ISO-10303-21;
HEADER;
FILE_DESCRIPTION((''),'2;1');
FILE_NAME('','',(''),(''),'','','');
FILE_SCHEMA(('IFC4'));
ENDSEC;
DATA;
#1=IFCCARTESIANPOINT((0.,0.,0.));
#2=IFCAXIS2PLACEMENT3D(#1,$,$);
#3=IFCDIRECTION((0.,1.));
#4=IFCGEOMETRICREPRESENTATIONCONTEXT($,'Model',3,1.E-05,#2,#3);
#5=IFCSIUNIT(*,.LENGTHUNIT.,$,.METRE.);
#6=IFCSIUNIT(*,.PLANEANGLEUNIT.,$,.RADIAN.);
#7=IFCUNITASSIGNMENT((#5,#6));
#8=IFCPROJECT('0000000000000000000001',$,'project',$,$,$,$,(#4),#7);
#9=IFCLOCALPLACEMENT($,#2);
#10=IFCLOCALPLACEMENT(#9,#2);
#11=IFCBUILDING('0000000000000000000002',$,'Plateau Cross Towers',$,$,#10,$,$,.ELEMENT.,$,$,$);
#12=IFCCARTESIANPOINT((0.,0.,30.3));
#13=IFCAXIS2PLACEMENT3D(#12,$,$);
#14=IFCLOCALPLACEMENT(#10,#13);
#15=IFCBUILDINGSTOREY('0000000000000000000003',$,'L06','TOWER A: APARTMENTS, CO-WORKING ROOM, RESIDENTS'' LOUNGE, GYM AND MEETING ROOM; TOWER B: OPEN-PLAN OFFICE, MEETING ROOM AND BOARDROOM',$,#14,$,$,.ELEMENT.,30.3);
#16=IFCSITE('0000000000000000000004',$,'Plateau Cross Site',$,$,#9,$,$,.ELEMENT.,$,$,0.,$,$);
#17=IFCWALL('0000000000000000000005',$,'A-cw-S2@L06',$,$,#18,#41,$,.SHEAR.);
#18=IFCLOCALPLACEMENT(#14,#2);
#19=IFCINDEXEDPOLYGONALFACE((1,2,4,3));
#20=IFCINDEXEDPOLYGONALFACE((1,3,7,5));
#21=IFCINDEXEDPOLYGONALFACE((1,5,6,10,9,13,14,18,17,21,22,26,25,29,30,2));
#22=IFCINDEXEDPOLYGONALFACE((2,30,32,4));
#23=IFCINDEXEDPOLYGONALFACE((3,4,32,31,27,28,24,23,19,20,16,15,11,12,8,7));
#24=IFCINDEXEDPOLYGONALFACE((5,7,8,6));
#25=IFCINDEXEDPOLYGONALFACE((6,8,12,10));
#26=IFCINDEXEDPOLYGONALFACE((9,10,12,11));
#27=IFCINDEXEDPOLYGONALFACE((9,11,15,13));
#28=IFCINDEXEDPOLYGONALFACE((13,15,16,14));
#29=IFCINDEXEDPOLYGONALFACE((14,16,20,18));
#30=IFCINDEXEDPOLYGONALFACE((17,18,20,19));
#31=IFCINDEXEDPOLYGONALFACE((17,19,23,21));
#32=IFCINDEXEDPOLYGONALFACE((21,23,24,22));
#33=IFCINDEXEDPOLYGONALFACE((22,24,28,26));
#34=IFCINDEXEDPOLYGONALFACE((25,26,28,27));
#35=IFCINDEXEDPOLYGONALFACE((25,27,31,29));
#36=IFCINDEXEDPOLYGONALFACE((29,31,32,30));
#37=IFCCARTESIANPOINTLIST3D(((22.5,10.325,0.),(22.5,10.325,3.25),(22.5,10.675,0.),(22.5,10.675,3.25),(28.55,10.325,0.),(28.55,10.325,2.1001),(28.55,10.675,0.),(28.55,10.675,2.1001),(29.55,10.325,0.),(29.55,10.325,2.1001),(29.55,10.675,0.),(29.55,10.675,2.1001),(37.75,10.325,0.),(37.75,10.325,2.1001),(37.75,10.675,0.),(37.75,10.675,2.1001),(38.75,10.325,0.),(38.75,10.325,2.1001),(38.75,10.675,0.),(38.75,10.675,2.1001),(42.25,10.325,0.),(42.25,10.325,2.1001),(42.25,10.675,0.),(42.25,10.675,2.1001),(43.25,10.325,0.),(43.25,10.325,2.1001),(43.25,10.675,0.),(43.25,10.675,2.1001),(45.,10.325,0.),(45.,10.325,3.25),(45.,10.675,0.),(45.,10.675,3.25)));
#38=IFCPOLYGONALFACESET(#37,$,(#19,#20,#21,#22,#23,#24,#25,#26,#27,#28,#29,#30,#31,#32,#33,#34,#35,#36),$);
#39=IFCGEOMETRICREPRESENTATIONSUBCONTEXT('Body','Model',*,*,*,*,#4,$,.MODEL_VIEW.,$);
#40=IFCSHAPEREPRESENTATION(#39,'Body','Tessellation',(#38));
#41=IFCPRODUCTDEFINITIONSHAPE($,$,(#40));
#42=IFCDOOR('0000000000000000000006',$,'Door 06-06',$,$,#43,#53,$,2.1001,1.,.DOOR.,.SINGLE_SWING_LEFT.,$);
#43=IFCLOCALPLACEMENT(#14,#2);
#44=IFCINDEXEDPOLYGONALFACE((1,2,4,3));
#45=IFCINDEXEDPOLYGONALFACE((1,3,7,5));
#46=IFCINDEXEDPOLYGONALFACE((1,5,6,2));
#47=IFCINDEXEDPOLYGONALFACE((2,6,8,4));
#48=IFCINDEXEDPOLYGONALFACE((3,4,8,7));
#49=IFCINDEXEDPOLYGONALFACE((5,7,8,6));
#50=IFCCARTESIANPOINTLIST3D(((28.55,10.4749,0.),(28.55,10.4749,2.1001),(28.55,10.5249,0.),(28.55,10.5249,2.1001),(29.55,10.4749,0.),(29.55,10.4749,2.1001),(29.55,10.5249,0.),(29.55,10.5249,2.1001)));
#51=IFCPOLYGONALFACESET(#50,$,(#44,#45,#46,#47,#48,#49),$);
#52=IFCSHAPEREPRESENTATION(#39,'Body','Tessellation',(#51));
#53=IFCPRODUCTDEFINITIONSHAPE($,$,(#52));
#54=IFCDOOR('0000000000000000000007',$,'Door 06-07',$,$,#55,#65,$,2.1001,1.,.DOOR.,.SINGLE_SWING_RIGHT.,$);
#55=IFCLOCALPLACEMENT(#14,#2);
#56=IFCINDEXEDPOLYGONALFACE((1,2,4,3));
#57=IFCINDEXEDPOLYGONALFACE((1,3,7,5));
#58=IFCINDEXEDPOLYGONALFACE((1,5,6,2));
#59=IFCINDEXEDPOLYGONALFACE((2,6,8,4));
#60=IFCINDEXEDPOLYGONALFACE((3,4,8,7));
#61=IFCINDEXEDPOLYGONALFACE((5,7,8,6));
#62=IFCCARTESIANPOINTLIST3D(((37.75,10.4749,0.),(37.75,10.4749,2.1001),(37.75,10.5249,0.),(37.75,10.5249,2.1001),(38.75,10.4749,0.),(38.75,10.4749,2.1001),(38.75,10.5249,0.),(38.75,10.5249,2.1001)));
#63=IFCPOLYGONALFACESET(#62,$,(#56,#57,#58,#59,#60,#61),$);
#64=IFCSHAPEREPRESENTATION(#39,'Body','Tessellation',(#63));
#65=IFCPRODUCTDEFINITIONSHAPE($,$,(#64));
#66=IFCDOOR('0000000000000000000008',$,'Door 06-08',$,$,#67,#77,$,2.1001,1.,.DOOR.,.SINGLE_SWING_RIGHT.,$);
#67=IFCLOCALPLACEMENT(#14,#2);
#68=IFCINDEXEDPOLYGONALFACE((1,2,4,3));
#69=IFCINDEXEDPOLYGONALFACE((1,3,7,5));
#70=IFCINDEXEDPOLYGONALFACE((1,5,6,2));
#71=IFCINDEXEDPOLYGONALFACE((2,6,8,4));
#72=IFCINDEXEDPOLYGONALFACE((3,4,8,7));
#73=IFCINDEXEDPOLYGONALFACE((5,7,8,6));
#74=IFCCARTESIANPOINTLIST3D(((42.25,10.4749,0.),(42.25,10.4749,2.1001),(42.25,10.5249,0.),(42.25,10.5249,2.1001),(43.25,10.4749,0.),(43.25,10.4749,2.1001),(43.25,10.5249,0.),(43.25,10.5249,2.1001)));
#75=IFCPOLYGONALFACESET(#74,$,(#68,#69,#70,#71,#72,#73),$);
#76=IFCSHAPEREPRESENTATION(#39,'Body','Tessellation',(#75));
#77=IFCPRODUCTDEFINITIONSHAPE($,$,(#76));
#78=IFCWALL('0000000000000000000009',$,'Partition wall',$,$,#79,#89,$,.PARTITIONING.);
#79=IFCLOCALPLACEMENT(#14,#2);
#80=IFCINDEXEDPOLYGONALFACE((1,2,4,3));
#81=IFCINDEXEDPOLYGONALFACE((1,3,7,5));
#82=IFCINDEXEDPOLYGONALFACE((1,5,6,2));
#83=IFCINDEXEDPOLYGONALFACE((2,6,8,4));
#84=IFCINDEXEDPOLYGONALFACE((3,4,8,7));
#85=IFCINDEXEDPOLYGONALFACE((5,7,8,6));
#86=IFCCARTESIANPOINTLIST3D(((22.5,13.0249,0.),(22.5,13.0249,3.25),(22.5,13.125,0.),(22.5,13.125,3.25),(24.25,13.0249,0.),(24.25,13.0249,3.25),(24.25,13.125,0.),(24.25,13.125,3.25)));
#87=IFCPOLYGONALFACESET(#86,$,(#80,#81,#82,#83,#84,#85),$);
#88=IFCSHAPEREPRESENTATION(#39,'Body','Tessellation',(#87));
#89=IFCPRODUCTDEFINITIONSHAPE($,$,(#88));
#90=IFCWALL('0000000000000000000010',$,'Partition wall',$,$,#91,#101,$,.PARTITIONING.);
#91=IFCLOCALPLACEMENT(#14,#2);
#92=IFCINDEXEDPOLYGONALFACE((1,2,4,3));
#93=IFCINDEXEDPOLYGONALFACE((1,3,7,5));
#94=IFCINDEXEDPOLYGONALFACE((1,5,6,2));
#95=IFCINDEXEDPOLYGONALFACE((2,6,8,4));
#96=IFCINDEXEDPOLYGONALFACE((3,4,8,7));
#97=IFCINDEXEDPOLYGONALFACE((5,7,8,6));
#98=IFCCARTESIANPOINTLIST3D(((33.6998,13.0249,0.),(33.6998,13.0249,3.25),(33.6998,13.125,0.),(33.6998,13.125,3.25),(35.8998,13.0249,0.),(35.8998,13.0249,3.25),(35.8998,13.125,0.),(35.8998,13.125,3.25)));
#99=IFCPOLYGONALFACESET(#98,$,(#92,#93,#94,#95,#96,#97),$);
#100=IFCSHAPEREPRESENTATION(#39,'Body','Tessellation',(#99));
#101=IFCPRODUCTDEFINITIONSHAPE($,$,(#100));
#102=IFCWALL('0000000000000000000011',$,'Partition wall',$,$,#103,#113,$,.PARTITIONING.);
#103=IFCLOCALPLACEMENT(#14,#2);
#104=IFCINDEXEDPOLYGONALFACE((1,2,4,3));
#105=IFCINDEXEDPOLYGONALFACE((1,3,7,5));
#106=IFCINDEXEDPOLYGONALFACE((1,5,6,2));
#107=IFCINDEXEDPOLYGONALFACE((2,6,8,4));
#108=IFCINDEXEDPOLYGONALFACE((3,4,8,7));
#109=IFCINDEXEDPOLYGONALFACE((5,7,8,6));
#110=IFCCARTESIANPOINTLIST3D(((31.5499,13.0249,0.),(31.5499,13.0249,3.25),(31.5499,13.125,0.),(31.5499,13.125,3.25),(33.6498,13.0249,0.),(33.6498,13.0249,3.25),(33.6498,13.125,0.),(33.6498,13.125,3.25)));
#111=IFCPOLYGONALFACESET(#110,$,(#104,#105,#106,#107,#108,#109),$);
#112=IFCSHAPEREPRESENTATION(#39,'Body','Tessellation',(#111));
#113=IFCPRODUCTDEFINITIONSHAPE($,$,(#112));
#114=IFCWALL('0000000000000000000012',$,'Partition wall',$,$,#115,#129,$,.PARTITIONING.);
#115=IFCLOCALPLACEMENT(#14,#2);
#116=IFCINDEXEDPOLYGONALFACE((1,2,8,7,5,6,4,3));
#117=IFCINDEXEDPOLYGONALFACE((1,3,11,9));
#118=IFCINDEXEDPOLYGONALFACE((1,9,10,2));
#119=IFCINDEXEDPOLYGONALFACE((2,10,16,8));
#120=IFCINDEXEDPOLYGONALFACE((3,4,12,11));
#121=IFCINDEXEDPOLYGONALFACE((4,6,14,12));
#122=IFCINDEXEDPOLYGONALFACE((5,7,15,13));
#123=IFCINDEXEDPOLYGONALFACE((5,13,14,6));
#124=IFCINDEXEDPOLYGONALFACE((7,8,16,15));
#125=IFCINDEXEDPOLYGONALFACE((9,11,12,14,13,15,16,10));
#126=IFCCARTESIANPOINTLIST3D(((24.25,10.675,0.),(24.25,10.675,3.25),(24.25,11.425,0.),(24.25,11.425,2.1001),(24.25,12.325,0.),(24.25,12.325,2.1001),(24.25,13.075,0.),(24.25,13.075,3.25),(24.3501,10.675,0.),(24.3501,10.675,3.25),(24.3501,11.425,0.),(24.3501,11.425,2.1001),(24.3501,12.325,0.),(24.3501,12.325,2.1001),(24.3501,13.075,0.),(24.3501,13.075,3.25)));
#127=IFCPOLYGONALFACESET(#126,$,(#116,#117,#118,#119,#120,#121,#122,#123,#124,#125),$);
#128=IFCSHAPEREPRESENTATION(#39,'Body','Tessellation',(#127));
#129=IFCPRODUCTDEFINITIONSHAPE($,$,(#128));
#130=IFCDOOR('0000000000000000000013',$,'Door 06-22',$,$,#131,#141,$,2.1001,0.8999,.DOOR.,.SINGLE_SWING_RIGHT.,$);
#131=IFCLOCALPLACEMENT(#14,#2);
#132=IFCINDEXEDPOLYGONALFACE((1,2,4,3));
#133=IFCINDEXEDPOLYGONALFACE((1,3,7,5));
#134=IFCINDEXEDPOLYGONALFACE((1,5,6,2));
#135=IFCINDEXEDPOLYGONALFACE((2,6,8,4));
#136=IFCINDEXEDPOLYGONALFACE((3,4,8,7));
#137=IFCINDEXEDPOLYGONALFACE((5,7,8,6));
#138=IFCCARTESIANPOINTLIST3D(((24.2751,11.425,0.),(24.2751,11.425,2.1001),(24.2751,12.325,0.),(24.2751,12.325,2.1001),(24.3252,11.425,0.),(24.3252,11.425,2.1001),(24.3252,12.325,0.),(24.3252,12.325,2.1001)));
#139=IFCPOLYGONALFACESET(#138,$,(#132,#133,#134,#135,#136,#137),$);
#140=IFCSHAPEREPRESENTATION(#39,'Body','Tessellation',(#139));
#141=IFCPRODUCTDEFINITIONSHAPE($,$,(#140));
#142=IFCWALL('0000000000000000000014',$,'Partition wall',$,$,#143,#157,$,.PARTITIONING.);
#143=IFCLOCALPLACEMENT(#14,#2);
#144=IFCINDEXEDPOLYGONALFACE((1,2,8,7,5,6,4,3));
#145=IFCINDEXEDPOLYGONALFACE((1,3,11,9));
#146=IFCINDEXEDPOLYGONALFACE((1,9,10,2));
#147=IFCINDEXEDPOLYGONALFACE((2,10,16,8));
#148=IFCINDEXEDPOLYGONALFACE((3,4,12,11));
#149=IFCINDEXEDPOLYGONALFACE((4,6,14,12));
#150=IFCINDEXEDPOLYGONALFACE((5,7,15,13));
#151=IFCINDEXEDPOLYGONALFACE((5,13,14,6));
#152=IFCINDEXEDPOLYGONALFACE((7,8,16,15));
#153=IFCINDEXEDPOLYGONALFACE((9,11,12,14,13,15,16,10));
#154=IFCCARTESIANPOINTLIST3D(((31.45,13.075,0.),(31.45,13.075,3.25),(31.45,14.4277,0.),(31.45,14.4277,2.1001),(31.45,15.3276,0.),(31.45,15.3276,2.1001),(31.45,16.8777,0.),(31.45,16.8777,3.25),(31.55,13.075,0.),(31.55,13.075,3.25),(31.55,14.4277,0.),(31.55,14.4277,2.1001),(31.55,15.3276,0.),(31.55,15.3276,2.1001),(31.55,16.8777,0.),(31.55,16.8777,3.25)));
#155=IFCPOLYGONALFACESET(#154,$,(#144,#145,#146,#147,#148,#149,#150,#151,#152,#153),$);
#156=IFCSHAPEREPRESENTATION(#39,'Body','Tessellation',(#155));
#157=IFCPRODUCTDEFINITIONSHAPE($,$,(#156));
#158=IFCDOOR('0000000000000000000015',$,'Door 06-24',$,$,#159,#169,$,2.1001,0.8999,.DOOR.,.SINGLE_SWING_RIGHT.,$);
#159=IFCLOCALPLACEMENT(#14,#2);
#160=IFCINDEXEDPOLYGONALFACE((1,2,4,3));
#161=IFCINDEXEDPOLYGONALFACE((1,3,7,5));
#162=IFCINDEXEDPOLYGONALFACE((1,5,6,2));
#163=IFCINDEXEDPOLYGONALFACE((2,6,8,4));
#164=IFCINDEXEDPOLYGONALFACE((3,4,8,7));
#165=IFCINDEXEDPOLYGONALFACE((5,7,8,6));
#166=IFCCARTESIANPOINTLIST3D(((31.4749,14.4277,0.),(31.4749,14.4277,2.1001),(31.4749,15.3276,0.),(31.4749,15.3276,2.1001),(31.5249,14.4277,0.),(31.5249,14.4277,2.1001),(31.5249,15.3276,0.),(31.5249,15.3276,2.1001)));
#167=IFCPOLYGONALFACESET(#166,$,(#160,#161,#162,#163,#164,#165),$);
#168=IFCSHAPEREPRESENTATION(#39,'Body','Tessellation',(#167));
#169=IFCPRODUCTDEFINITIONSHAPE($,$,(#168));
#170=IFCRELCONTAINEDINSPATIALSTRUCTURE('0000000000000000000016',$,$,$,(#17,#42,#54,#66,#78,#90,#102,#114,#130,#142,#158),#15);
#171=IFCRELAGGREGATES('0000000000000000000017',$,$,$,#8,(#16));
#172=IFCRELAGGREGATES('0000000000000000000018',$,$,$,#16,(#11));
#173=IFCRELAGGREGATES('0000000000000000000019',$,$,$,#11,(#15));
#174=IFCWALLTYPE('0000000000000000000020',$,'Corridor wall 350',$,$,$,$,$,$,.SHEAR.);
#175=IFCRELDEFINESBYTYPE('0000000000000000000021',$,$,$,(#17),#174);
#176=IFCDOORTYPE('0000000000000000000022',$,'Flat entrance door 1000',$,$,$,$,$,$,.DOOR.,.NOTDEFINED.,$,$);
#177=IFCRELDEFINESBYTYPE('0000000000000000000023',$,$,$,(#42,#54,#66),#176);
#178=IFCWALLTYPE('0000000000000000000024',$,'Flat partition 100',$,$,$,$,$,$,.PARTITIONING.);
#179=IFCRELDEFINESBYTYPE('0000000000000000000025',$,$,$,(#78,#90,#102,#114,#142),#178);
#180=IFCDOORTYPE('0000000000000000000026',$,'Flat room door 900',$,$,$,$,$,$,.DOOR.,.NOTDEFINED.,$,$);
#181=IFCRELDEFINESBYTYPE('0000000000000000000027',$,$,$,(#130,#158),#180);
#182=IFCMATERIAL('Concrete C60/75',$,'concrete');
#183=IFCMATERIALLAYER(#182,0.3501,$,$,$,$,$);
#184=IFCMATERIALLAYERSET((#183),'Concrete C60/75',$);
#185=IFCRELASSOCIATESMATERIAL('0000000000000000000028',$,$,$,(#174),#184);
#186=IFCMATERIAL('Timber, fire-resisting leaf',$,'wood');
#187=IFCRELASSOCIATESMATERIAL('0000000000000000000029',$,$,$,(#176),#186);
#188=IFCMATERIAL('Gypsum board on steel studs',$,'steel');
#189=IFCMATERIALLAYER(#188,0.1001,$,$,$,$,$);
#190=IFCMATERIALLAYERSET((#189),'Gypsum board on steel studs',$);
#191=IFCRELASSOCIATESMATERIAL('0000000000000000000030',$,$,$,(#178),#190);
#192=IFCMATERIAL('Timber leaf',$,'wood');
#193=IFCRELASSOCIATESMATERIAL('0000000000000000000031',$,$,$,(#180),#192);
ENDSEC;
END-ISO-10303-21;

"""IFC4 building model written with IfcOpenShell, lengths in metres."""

from ifc_helpers import new_model, si_unit, direction, frame, frame_2d, origin, place, context, subcontext, project, spatial, rectangle, extrude, material, layer, layer_set, type_object, element, fill, save


model = new_model("IFC4")

# Units and contexts
model_context = context("Model", 3, precision=1e-05, world=origin(), true_north=direction((0.0, 1.0)))
body_context = subcontext(model_context, "Body", "Model", "MODEL_VIEW")
ifc_project = project(units=[si_unit("LENGTHUNIT", "METRE"), si_unit("PLANEANGLEUNIT", "RADIAN")], contexts=[model_context])

# Site, building, storey
site_placement = place(None, origin())
site = spatial("IfcSite", under=ifc_project, at=site_placement, Name="Plateau Cross Site", CompositionType="ELEMENT", RefElevation=0.0)
building_placement = place(site_placement, origin())
building = spatial("IfcBuilding", under=site, at=building_placement, Name="Plateau Cross Towers", CompositionType="ELEMENT")
storey_placement = place(building_placement, frame((0.0, 0.0, 30.3)))
storey = spatial("IfcBuildingStorey", under=building, at=storey_placement, Name="L06", Description="TOWER A: APARTMENTS, CO-WORKING ROOM, RESIDENTS' LOUNGE, GYM AND MEETING ROOM; TOWER B: OPEN-PLAN OFFICE, MEETING ROOM AND BOARDROOM", CompositionType="ELEMENT", Elevation=30.3)

# Wall, openings, doors
ifc_material_1 = material(Name="Concrete C60/75", Category="concrete")
ifc_layer_1 = layer(ifc_material_1, 0.3501)
ifc_layer_set_1 = layer_set([ifc_layer_1], Name="Concrete C60/75")
wall_type_1 = type_object("IfcWallType", Name="Corridor wall 350", PredefinedType="SHEAR", material=ifc_layer_set_1)
ifc_material_2 = material(Name="Timber, fire-resisting leaf", Category="wood")
door_type_1 = type_object("IfcDoorType", Name="Flat entrance door 1000", OperationType="NOTDEFINED", PredefinedType="DOOR", material=ifc_material_2)
wall_1_placement = place(storey_placement, frame((22.5, 10.5, 0.0), z_axis=(0.0, 0.0, 1.0), x_axis=(1.0, 0.0, 0.0)))
wall_1 = element("IfcWall", 1, at=wall_1_placement, inside=storey, type_object=wall_type_1, Name="A-cw-S2@L06", PredefinedType="SHEAR", context=body_context, shape_type="SweptSolid", body=[
    extrude(rectangle(XDim=22.5, YDim=0.3501, at=frame_2d((11.25, 0.0))), origin(), (0.0, 0.0, 1.0), 3.25),
])
opening_1_placement = place(wall_1_placement, frame((6.05, 0.0, 0.0)))
opening_1 = element("IfcOpeningElement", 2, at=opening_1_placement, cuts=wall_1, PredefinedType="OPENING", context=body_context, shape_type="SweptSolid", body=[
    extrude(rectangle(XDim=1.0, YDim=2.1001, at=frame_2d((0.5, 1.05))), frame((0.0, 0.1851, 0.0), z_axis=(0.0, -1.0, 0.0), x_axis=(1.0, 0.0, 0.0)), (0.0, 0.0, 1.0), 0.3701),
])
opening_2_placement = place(wall_1_placement, frame((15.25, 0.0, 0.0)))
opening_2 = element("IfcOpeningElement", 3, at=opening_2_placement, cuts=wall_1, PredefinedType="OPENING", context=body_context, shape_type="SweptSolid", body=[
    extrude(rectangle(XDim=1.0, YDim=2.1001, at=frame_2d((0.5, 1.05))), frame((0.0, 0.1851, 0.0), z_axis=(0.0, -1.0, 0.0), x_axis=(1.0, 0.0, 0.0)), (0.0, 0.0, 1.0), 0.3701),
])
opening_3_placement = place(wall_1_placement, frame((19.75, 0.0, 0.0)))
opening_3 = element("IfcOpeningElement", 4, at=opening_3_placement, cuts=wall_1, PredefinedType="OPENING", context=body_context, shape_type="SweptSolid", body=[
    extrude(rectangle(XDim=1.0, YDim=2.1001, at=frame_2d((0.5, 1.05))), frame((0.0, 0.1851, 0.0), z_axis=(0.0, -1.0, 0.0), x_axis=(1.0, 0.0, 0.0)), (0.0, 0.0, 1.0), 0.3701),
])
door_1_placement = place(opening_1_placement, origin())
door_1 = element("IfcDoor", 5, at=door_1_placement, inside=storey, type_object=door_type_1, Name="Door 06-06", OperationType="SINGLE_SWING_LEFT", OverallHeight=2.1001, OverallWidth=1.0, PredefinedType="DOOR", context=body_context, shape_type="SweptSolid", body=[
    extrude(rectangle(XDim=1.0, YDim=2.1001, at=frame_2d((0.5, 1.05))), frame((0.0, 0.0249, 0.0), z_axis=(0.0, -1.0, 0.0), x_axis=(1.0, 0.0, 0.0)), (0.0, 0.0, 1.0), 0.05),
])
fill(opening_1, door_1)
door_2_placement = place(opening_2_placement, origin())
door_2 = element("IfcDoor", 6, at=door_2_placement, inside=storey, type_object=door_type_1, Name="Door 06-07", OperationType="SINGLE_SWING_RIGHT", OverallHeight=2.1001, OverallWidth=1.0, PredefinedType="DOOR", context=body_context, shape_type="SweptSolid", body=[
    extrude(rectangle(XDim=1.0, YDim=2.1001, at=frame_2d((0.5, 1.05))), frame((0.0, 0.0249, 0.0), z_axis=(0.0, -1.0, 0.0), x_axis=(1.0, 0.0, 0.0)), (0.0, 0.0, 1.0), 0.05),
])
fill(opening_2, door_2)
door_3_placement = place(opening_3_placement, origin())
door_3 = element("IfcDoor", 7, at=door_3_placement, inside=storey, type_object=door_type_1, Name="Door 06-08", OperationType="SINGLE_SWING_RIGHT", OverallHeight=2.1001, OverallWidth=1.0, PredefinedType="DOOR", context=body_context, shape_type="SweptSolid", body=[
    extrude(rectangle(XDim=1.0, YDim=2.1001, at=frame_2d((0.5, 1.05))), frame((0.0, 0.0249, 0.0), z_axis=(0.0, -1.0, 0.0), x_axis=(1.0, 0.0, 0.0)), (0.0, 0.0, 1.0), 0.05),
])
fill(opening_3, door_3)

# Walls
ifc_material_3 = material(Name="Gypsum board on steel studs", Category="steel")
ifc_layer_2 = layer(ifc_material_3, 0.1001)
ifc_layer_set_2 = layer_set([ifc_layer_2], Name="Gypsum board on steel studs")
wall_type_2 = type_object("IfcWallType", Name="Flat partition 100", PredefinedType="PARTITIONING", material=ifc_layer_set_2)
wall_2_placement = place(storey_placement, frame((24.25, 13.075, 0.0), z_axis=(0.0, 0.0, 1.0), x_axis=(-1.0, 0.0, 0.0)))
element("IfcWall", 8, at=wall_2_placement, inside=storey, type_object=wall_type_2, Name="Partition wall", PredefinedType="PARTITIONING", context=body_context, shape_type="SweptSolid", body=[
    extrude(rectangle(XDim=1.75, YDim=0.1001, at=frame_2d((0.875, 0.0))), origin(), (0.0, 0.0, 1.0), 3.25),
])
wall_3_placement = place(storey_placement, frame((35.8999, 13.075, 0.0), z_axis=(0.0, 0.0, 1.0), x_axis=(-1.0, 0.0, 0.0)))
element("IfcWall", 9, at=wall_3_placement, inside=storey, type_object=wall_type_2, Name="Partition wall", PredefinedType="PARTITIONING", context=body_context, shape_type="SweptSolid", body=[
    extrude(rectangle(XDim=2.2, YDim=0.1001, at=frame_2d((1.1001, 0.0))), origin(), (0.0, 0.0, 1.0), 3.25),
])
wall_4_placement = place(storey_placement, frame((31.55, 13.075, 0.0), z_axis=(0.0, 0.0, 1.0), x_axis=(1.0, 0.0, 0.0)))
element("IfcWall", 10, at=wall_4_placement, inside=storey, type_object=wall_type_2, Name="Partition wall", PredefinedType="PARTITIONING", context=body_context, shape_type="SweptSolid", body=[
    extrude(rectangle(XDim=2.0999, YDim=0.1001, at=frame_2d((1.0498, 0.0))), origin(), (0.0, 0.0, 1.0), 3.25),
])

# Walls, openings, doors
wall_5_placement = place(storey_placement, frame((24.3, 10.675, 0.0), z_axis=(0.0, 0.0, 1.0), x_axis=(0.0, 1.0, 0.0)))
wall_5 = element("IfcWall", 11, at=wall_5_placement, inside=storey, type_object=wall_type_2, Name="Partition wall", PredefinedType="PARTITIONING", context=body_context, shape_type="SweptSolid", body=[
    extrude(rectangle(XDim=2.3999, YDim=0.1001, at=frame_2d((1.2, 0.0))), origin(), (0.0, 0.0, 1.0), 3.25),
])
opening_4_placement = place(wall_5_placement, frame((0.75, 0.0, 0.0)))
opening_4 = element("IfcOpeningElement", 12, at=opening_4_placement, cuts=wall_5, PredefinedType="OPENING", context=body_context, shape_type="SweptSolid", body=[
    extrude(rectangle(XDim=0.8999, YDim=2.1001, at=frame_2d((0.45, 1.05))), frame((0.0, 0.0601, 0.0), z_axis=(0.0, -1.0, 0.0), x_axis=(1.0, 0.0, 0.0)), (0.0, 0.0, 1.0), 0.1201),
])
ifc_material_4 = material(Name="Timber leaf", Category="wood")
door_type_2 = type_object("IfcDoorType", Name="Flat room door 900", OperationType="NOTDEFINED", PredefinedType="DOOR", material=ifc_material_4)
door_4_placement = place(opening_4_placement, origin())
door_4 = element("IfcDoor", 13, at=door_4_placement, inside=storey, type_object=door_type_2, Name="Door 06-22", OperationType="SINGLE_SWING_RIGHT", OverallHeight=2.1001, OverallWidth=0.8999, PredefinedType="DOOR", context=body_context, shape_type="SweptSolid", body=[
    extrude(rectangle(XDim=0.8999, YDim=2.1001, at=frame_2d((0.45, 1.05))), frame((0.0, 0.0249, 0.0), z_axis=(0.0, -1.0, 0.0), x_axis=(1.0, 0.0, 0.0)), (0.0, 0.0, 1.0), 0.05),
])
fill(opening_4, door_4)
wall_6_placement = place(storey_placement, frame((31.5, 16.8777, 0.0), z_axis=(0.0, 0.0, 1.0), x_axis=(0.0, -1.0, 0.0)))
wall_6 = element("IfcWall", 14, at=wall_6_placement, inside=storey, type_object=wall_type_2, Name="Partition wall", PredefinedType="PARTITIONING", context=body_context, shape_type="SweptSolid", body=[
    extrude(rectangle(XDim=3.8027, YDim=0.1001, at=frame_2d((1.9014, 0.0))), origin(), (0.0, 0.0, 1.0), 3.25),
])
opening_5_placement = place(wall_6_placement, frame((1.55, 0.0, 0.0)))
opening_5 = element("IfcOpeningElement", 15, at=opening_5_placement, cuts=wall_6, PredefinedType="OPENING", context=body_context, shape_type="SweptSolid", body=[
    extrude(rectangle(XDim=0.8999, YDim=2.1001, at=frame_2d((0.45, 1.05))), frame((0.0, 0.0601, 0.0), z_axis=(0.0, -1.0, 0.0), x_axis=(1.0, 0.0, 0.0)), (0.0, 0.0, 1.0), 0.1201),
])
door_5_placement = place(opening_5_placement, origin())
door_5 = element("IfcDoor", 16, at=door_5_placement, inside=storey, type_object=door_type_2, Name="Door 06-24", OperationType="SINGLE_SWING_RIGHT", OverallHeight=2.1001, OverallWidth=0.8999, PredefinedType="DOOR", context=body_context, shape_type="SweptSolid", body=[
    extrude(rectangle(XDim=0.8999, YDim=2.1001, at=frame_2d((0.45, 1.05))), frame((0.0, 0.0249, 0.0), z_axis=(0.0, -1.0, 0.0), x_axis=(1.0, 0.0, 0.0)), (0.0, 0.0, 1.0), 0.05),
])
fill(opening_5, door_5)

save(model, "model.ifc")
